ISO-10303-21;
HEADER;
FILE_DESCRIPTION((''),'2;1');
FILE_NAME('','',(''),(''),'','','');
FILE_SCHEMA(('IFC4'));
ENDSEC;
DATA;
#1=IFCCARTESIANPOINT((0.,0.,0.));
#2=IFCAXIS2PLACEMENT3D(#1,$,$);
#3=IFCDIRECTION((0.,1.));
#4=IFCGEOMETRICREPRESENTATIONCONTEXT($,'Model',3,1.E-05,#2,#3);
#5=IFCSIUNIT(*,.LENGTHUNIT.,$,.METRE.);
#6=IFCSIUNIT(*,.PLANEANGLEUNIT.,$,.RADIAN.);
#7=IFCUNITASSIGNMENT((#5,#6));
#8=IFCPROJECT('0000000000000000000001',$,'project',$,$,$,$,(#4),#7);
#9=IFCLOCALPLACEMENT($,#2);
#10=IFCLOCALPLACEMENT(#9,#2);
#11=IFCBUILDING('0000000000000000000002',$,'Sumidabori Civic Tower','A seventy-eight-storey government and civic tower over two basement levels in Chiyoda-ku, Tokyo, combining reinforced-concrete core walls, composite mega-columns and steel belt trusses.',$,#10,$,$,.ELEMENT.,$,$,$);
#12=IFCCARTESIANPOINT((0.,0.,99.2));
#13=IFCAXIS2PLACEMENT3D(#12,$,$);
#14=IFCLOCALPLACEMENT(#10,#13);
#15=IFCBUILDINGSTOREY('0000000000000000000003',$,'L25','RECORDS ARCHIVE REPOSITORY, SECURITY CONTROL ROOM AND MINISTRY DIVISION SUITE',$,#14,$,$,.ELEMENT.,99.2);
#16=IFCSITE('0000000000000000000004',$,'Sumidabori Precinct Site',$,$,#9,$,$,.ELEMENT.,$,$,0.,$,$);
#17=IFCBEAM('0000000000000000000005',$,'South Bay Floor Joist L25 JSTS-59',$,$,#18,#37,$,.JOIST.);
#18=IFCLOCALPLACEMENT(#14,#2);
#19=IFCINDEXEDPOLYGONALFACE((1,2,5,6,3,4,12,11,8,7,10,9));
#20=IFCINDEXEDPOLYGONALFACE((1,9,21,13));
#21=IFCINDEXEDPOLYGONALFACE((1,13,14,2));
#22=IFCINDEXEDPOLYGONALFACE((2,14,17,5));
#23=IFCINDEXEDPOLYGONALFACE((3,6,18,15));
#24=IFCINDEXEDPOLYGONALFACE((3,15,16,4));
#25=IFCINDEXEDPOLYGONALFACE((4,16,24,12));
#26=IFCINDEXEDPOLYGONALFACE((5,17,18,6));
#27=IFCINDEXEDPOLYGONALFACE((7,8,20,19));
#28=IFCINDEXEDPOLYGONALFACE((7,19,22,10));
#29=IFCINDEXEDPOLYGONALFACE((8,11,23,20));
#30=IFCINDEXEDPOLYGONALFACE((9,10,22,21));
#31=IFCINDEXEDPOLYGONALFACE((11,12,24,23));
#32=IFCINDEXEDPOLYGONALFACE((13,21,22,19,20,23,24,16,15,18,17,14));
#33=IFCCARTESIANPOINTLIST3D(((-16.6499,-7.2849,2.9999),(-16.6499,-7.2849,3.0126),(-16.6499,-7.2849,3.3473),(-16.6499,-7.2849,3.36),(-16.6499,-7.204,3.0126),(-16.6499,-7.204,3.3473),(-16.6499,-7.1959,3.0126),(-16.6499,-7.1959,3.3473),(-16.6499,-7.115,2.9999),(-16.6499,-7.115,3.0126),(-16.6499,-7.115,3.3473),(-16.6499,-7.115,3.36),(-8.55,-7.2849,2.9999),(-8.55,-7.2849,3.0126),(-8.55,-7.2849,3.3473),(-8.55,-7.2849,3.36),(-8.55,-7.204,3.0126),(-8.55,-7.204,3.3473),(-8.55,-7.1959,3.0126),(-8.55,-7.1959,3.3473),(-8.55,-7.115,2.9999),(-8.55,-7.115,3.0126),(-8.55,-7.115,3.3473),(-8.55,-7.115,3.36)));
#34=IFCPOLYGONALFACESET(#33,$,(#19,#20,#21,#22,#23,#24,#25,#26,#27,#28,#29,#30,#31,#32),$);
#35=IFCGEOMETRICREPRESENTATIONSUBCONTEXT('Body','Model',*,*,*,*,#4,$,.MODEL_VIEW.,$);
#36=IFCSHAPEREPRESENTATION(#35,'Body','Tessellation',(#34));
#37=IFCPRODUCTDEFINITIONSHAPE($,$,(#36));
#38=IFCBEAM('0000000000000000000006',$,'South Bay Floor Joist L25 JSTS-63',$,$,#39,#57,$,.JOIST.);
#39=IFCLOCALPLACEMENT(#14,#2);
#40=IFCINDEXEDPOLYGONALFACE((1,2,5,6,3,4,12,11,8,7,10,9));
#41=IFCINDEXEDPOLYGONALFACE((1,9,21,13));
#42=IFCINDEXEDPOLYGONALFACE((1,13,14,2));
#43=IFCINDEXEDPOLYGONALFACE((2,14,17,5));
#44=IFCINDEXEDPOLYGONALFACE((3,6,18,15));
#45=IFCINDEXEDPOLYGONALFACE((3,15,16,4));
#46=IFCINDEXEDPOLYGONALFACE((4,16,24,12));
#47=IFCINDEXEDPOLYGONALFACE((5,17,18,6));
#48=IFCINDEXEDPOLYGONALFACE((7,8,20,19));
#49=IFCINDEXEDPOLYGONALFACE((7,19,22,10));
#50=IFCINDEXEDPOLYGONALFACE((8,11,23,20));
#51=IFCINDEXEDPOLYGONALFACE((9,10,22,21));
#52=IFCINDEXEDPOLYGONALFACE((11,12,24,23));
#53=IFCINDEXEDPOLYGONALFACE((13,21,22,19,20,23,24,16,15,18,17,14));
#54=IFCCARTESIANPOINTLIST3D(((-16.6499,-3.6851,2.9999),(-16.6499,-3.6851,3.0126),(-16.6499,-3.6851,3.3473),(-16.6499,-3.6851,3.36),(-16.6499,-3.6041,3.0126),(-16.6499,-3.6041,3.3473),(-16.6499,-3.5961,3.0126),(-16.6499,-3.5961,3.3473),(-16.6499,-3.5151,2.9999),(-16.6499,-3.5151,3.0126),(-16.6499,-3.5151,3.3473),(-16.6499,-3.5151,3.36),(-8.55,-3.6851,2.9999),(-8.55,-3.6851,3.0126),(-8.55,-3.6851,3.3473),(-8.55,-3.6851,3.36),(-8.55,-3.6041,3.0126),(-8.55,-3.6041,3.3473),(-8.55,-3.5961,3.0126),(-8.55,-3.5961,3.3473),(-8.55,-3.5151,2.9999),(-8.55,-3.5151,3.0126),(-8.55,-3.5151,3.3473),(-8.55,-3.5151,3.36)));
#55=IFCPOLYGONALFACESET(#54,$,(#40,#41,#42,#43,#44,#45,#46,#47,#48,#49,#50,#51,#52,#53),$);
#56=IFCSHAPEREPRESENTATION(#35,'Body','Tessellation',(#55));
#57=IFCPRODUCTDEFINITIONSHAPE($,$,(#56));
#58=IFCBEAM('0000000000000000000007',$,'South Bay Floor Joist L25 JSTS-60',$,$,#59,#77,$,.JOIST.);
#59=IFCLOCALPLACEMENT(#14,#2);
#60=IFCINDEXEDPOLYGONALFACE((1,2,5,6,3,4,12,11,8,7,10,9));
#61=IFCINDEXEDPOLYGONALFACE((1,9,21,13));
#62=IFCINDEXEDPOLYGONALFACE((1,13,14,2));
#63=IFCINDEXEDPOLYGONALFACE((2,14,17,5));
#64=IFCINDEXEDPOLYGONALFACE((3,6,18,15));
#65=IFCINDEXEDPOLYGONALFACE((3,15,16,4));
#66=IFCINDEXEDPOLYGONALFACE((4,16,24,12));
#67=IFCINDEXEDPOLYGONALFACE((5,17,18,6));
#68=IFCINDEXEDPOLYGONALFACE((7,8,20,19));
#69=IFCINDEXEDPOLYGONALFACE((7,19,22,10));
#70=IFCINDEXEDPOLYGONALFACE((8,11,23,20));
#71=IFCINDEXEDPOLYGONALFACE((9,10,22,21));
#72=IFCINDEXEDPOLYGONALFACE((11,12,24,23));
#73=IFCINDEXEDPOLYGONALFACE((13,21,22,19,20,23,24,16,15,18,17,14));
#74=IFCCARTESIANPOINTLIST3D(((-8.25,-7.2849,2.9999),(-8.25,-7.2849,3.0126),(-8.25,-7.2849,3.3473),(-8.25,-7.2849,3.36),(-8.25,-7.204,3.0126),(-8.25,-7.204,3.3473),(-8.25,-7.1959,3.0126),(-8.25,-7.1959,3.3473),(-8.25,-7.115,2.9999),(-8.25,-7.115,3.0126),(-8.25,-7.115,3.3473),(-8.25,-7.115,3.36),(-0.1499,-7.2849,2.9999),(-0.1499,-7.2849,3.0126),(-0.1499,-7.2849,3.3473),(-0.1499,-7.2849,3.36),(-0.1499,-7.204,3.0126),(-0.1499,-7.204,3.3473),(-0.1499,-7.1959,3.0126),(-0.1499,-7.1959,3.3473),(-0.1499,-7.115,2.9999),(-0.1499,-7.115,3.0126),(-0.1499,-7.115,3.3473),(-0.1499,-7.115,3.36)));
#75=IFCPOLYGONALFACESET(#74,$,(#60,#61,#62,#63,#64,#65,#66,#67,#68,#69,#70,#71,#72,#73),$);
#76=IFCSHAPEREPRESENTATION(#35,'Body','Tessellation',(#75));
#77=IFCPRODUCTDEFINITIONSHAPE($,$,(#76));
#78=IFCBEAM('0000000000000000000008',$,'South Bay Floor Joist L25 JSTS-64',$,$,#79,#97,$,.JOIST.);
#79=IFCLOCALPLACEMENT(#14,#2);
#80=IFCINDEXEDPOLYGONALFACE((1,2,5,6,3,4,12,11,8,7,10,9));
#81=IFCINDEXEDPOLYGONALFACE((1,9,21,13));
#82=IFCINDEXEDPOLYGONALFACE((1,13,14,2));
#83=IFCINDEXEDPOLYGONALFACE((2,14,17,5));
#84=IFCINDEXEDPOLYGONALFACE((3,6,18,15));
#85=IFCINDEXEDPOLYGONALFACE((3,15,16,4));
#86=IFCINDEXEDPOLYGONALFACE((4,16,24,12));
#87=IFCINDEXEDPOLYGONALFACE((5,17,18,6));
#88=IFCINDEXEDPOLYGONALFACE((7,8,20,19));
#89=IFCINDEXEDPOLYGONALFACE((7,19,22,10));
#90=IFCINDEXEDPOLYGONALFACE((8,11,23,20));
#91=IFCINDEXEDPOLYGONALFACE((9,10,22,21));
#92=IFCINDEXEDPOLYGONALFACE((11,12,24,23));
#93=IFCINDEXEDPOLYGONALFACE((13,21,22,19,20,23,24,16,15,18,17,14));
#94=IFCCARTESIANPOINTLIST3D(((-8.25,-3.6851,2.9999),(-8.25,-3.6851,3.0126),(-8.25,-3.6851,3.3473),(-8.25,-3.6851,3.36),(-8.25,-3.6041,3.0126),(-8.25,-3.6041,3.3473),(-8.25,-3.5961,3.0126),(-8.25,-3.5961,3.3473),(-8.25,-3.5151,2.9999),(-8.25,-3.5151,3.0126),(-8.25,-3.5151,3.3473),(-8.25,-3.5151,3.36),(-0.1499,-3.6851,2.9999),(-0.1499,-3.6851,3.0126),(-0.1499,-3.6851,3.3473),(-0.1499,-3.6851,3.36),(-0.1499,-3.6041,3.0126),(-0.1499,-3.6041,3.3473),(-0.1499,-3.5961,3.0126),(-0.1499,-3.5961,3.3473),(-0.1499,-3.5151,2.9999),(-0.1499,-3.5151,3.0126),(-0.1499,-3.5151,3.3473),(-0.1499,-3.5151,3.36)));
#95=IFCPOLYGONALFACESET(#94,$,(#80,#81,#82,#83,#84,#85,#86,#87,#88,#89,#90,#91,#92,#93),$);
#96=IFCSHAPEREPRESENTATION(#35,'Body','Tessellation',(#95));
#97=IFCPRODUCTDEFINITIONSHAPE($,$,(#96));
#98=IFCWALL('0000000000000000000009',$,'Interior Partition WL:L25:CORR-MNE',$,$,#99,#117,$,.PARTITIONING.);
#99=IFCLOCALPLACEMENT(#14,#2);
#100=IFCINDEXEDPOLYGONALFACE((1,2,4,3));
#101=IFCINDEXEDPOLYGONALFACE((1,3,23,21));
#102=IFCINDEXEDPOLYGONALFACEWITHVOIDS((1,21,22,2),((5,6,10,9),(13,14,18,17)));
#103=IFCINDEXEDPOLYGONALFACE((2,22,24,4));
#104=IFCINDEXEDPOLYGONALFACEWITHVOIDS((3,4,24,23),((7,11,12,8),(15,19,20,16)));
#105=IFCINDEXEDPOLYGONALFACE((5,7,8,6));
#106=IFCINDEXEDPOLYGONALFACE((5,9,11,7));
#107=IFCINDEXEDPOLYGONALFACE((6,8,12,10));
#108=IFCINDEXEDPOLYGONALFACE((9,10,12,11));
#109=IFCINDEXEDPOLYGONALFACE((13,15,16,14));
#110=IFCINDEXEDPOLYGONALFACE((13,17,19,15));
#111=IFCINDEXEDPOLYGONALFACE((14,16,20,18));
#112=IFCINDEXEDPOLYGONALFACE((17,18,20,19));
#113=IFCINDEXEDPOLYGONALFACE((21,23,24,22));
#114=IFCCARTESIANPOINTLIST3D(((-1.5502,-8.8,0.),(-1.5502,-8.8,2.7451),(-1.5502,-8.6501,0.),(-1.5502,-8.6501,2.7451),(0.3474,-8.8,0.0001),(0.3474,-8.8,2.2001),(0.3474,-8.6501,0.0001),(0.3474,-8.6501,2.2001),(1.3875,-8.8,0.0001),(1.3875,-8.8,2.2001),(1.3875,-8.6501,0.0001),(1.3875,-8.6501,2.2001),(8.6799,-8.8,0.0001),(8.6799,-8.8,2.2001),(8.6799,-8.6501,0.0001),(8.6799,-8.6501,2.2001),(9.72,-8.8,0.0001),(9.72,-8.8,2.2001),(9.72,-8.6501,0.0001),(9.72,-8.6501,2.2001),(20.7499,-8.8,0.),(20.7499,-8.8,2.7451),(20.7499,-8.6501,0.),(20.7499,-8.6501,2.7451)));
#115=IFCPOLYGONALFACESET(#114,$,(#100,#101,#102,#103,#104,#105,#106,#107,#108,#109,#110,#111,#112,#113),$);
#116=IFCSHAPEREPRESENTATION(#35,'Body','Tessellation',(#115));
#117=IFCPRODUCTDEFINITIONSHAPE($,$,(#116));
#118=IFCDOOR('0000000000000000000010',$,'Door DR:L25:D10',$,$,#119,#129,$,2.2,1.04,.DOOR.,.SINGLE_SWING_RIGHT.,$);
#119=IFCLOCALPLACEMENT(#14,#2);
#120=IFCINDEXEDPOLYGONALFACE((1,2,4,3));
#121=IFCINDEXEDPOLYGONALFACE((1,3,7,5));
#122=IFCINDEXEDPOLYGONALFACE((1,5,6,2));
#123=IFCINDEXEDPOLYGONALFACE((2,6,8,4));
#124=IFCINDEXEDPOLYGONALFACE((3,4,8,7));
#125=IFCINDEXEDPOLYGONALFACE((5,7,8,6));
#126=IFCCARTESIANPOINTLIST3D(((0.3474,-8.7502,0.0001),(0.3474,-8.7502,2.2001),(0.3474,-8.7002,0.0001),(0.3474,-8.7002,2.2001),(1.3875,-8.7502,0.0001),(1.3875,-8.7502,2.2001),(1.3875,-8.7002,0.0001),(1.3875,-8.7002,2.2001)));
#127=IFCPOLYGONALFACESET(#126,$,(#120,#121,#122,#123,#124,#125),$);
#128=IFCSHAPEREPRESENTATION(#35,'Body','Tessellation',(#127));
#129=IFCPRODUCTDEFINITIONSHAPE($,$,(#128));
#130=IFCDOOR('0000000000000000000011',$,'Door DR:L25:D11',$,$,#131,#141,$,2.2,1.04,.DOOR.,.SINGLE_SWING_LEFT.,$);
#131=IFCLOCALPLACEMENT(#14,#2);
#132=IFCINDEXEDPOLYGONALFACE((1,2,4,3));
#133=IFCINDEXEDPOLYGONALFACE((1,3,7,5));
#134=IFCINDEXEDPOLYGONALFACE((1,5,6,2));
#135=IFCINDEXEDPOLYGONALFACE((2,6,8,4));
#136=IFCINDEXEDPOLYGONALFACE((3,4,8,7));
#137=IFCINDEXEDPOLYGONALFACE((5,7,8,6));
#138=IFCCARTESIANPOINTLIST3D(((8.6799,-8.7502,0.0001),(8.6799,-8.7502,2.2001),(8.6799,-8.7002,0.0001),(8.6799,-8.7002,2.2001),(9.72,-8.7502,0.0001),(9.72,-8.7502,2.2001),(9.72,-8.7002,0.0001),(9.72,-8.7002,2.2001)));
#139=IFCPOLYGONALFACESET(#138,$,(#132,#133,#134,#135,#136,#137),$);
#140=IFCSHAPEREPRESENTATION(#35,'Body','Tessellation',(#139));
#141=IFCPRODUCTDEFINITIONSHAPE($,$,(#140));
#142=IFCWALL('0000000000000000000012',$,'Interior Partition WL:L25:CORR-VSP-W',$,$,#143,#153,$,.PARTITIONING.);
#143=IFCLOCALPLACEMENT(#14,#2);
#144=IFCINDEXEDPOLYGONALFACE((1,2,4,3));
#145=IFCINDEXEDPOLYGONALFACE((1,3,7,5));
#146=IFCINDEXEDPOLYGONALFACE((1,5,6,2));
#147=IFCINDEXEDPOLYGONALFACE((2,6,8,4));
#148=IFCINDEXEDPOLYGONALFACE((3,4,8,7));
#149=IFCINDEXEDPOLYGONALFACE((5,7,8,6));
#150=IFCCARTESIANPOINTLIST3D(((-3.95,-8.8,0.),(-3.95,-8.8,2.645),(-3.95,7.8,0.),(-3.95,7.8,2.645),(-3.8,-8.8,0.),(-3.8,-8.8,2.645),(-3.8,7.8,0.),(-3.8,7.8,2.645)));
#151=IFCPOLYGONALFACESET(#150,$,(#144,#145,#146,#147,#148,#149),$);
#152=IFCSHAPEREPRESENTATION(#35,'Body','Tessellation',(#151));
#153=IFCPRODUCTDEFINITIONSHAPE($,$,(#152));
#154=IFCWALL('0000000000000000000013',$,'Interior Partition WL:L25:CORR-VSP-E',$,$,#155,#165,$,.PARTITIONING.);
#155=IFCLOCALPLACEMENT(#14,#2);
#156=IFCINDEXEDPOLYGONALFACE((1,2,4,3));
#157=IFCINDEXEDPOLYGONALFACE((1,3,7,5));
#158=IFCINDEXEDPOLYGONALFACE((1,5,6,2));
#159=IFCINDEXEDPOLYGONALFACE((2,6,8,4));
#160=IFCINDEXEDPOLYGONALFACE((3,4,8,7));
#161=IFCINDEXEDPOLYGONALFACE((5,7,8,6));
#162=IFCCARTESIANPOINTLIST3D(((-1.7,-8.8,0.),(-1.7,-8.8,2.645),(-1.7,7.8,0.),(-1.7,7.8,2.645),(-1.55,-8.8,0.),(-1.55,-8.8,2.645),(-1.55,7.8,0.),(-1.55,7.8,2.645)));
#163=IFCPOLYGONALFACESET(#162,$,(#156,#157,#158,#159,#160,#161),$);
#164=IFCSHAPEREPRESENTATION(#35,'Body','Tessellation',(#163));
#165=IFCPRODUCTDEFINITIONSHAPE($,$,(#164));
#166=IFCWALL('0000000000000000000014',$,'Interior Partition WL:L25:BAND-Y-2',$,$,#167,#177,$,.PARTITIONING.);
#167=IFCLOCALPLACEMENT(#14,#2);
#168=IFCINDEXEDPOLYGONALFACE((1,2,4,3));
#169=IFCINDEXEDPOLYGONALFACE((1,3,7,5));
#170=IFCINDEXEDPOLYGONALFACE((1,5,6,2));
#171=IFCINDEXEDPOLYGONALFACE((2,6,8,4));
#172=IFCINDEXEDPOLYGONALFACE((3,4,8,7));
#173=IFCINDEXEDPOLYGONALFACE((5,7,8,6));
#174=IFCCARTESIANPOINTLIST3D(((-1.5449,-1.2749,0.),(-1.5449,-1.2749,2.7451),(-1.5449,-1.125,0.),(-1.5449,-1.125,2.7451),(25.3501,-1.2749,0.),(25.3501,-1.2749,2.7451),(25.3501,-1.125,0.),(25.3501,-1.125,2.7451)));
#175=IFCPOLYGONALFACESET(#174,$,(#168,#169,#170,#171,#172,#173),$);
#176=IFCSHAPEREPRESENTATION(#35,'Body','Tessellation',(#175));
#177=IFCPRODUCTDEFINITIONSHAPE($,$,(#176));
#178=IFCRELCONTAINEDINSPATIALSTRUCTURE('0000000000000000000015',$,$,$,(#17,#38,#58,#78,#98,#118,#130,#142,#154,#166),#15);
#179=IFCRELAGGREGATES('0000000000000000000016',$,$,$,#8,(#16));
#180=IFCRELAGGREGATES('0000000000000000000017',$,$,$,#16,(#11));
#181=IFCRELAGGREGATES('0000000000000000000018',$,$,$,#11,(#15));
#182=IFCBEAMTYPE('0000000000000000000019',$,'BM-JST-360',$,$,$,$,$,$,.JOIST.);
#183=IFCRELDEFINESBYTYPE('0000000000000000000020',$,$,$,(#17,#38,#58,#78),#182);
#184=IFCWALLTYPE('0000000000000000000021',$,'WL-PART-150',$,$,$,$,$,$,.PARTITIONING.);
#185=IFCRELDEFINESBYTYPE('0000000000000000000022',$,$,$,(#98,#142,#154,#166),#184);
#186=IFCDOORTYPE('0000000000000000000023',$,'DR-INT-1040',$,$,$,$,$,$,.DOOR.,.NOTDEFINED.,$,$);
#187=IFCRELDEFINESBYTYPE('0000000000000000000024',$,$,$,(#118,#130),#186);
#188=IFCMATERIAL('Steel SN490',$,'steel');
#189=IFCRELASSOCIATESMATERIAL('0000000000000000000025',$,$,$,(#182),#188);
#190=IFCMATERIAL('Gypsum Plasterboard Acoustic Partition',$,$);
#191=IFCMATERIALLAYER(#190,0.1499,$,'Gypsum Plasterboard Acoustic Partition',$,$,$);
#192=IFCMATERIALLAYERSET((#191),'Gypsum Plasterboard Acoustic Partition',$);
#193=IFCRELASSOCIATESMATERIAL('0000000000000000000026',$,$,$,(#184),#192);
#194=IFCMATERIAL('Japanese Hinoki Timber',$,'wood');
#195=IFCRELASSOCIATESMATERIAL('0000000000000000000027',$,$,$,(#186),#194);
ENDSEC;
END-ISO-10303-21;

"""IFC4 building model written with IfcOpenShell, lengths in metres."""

from ifc_helpers import new_model, si_unit, direction, frame, frame_2d, origin, origin_2d, place, context, subcontext, project, spatial, rectangle, i_section, extrude, source, transform, mapped, material, layer, layer_set, material_profile, profile_set, type_object, element, fill, save


model = new_model("IFC4")

# Units and contexts
model_context = context("Model", 3, precision=1e-05, world=origin(), true_north=direction((0.0, 1.0)))
body_context = subcontext(model_context, "Body", "Model", "MODEL_VIEW")
ifc_project = project(units=[si_unit("LENGTHUNIT", "METRE"), si_unit("PLANEANGLEUNIT", "RADIAN")], contexts=[model_context])

# Site, building, storey
site_placement = place(None, origin())
site = spatial("IfcSite", under=ifc_project, at=site_placement, Name="Sumidabori Precinct Site", CompositionType="ELEMENT", RefElevation=0.0)
building_placement = place(site_placement, origin())
building = spatial("IfcBuilding", under=site, at=building_placement, Name="Sumidabori Civic Tower", Description="A seventy-eight-storey government and civic tower over two basement levels in Chiyoda-ku, Tokyo, combining reinforced-concrete core walls, composite mega-columns and steel belt trusses.", CompositionType="ELEMENT")
storey_placement = place(building_placement, frame((0.0, 0.0, 99.2)))
storey = spatial("IfcBuildingStorey", under=building, at=storey_placement, Name="L25", Description="RECORDS ARCHIVE REPOSITORY, SECURITY CONTROL ROOM AND MINISTRY DIVISION SUITE", CompositionType="ELEMENT", Elevation=99.2)

# Beams
ifc_material_1 = material(Name="Steel SN490", Category="steel")
ifc_material_profile_1 = material_profile(ifc_material_1, i_section(OverallWidth=0.1699, OverallDepth=0.3601, WebThickness=0.0081, FlangeThickness=0.0127, at=origin_2d()), Name="IPE 360")
ifc_profile_set_1 = profile_set([ifc_material_profile_1], Name="Steel SN490")
beam_type_1 = type_object("IfcBeamType", Name="BM-JST-360", PredefinedType="JOIST", material=ifc_profile_set_1)
shared_shape_1 = source(origin(), body_context, "Body", "SweptSolid", [
    extrude(i_section(OverallWidth=0.1699, OverallDepth=0.3601, WebThickness=0.0081, FlangeThickness=0.0127, at=origin_2d()), origin(), (0.0, 0.0, 1.0), 8.0999),
])
for number, where, z_axis, x_axis, name in (
    (1, (-16.6499, -7.2, 3.1799), (1.0, 0.0, 0.0), (0.0, 1.0, 0.0), "South Bay Floor Joist L25 JSTS-59"),
    (2, (-16.6499, -3.6001, 3.1799), (1.0, 0.0, 0.0), (0.0, 1.0, 0.0), "South Bay Floor Joist L25 JSTS-63"),
):
    element("IfcBeam", number, at=place(storey_placement, frame(where, z_axis=z_axis, x_axis=x_axis)), inside=storey, type_object=beam_type_1, Name=name, PredefinedType="JOIST", context=body_context, shape_type="MappedRepresentation", body=[
        mapped(shared_shape_1, transform((0.0, 0.0, 0.0), x_axis=(1.0, 0.0, 0.0), y_axis=(0.0, 1.0, 0.0), z_axis=(0.0, 0.0, 1.0), scale=1.0)),
    ])
shared_shape_2 = source(origin(), body_context, "Body", "SweptSolid", [
    extrude(i_section(OverallWidth=0.1699, OverallDepth=0.3601, WebThickness=0.0081, FlangeThickness=0.0127, at=origin_2d()), origin(), (0.0, 0.0, 1.0), 8.1001),
])
for number, where, z_axis, x_axis, name in (
    (3, (-8.25, -7.2, 3.1799), (1.0, 0.0, 0.0), (0.0, 1.0, 0.0), "South Bay Floor Joist L25 JSTS-60"),
    (4, (-8.25, -3.6001, 3.1799), (1.0, 0.0, 0.0), (0.0, 1.0, 0.0), "South Bay Floor Joist L25 JSTS-64"),
):
    element("IfcBeam", number, at=place(storey_placement, frame(where, z_axis=z_axis, x_axis=x_axis)), inside=storey, type_object=beam_type_1, Name=name, PredefinedType="JOIST", context=body_context, shape_type="MappedRepresentation", body=[
        mapped(shared_shape_2, transform((0.0, 0.0, 0.0), x_axis=(1.0, 0.0, 0.0), y_axis=(0.0, 1.0, 0.0), z_axis=(0.0, 0.0, 1.0), scale=1.0)),
    ])

# Wall, openings, doors
ifc_material_2 = material(Name="Gypsum Plasterboard Acoustic Partition")
ifc_layer = layer(ifc_material_2, 0.1499, Name="Gypsum Plasterboard Acoustic Partition")
ifc_layer_set = layer_set([ifc_layer], Name="Gypsum Plasterboard Acoustic Partition")
wall_type = type_object("IfcWallType", Name="WL-PART-150", PredefinedType="PARTITIONING", material=ifc_layer_set)
shared_shape_3 = source(origin(), body_context, "Body", "SweptSolid", [
    extrude(rectangle(XDim=22.3, YDim=0.1499, at=frame_2d((11.1499, 0.0))), origin(), (0.0, 0.0, 1.0), 2.7451),
])
wall_1_placement = place(storey_placement, frame((-1.55, -8.7251, 0.0), z_axis=(0.0, 0.0, 1.0), x_axis=(1.0, 0.0, 0.0)))
wall_1 = element("IfcWall", 5, at=wall_1_placement, inside=storey, type_object=wall_type, Name="Interior Partition WL:L25:CORR-MNE", PredefinedType="PARTITIONING", context=body_context, shape_type="MappedRepresentation", body=[
    mapped(shared_shape_3, transform((0.0, 0.0, 0.0), x_axis=(1.0, 0.0, 0.0), y_axis=(0.0, 1.0, 0.0), z_axis=(0.0, 0.0, 1.0), scale=1.0)),
])
opening_1_placement = place(wall_1_placement, frame((1.8975, 0.0, 0.0)))
opening_1 = element("IfcOpeningElement", 6, at=opening_1_placement, cuts=wall_1, PredefinedType="OPENING", context=body_context, shape_type="SweptSolid", body=[
    extrude(rectangle(XDim=1.04, YDim=2.2, at=frame_2d((0.52, 1.1001))), frame((0.0, 0.0869, 0.0), z_axis=(0.0, -1.0, 0.0), x_axis=(1.0, 0.0, 0.0)), (0.0, 0.0, 1.0), 0.1738),
])
opening_2_placement = place(wall_1_placement, frame((10.23, 0.0, 0.0)))
opening_2 = element("IfcOpeningElement", 7, at=opening_2_placement, cuts=wall_1, PredefinedType="OPENING", context=body_context, shape_type="SweptSolid", body=[
    extrude(rectangle(XDim=1.04, YDim=2.2, at=frame_2d((0.52, 1.1001))), frame((0.0, 0.0869, 0.0), z_axis=(0.0, -1.0, 0.0), x_axis=(1.0, 0.0, 0.0)), (0.0, 0.0, 1.0), 0.1738),
])
ifc_material_3 = material(Name="Japanese Hinoki Timber", Category="wood")
door_type = type_object("IfcDoorType", Name="DR-INT-1040", OperationType="NOTDEFINED", PredefinedType="DOOR", material=ifc_material_3)
shared_shape_4 = source(origin(), body_context, "Body", "SweptSolid", [
    extrude(rectangle(XDim=1.04, YDim=2.2, at=frame_2d((0.52, 1.1001))), frame((0.0, 0.0249, 0.0), z_axis=(0.0, -1.0, 0.0), x_axis=(1.0, 0.0, 0.0)), (0.0, 0.0, 1.0), 0.05),
])
door_1_placement = place(opening_1_placement, origin())
door_1 = element("IfcDoor", 8, at=door_1_placement, inside=storey, type_object=door_type, Name="Door DR:L25:D10", OperationType="SINGLE_SWING_RIGHT", OverallHeight=2.2, OverallWidth=1.04, PredefinedType="DOOR", context=body_context, shape_type="MappedRepresentation", body=[
    mapped(shared_shape_4, transform((0.0, 0.0, 0.0), x_axis=(1.0, 0.0, 0.0), y_axis=(0.0, 1.0, 0.0), z_axis=(0.0, 0.0, 1.0), scale=1.0)),
])
fill(opening_1, door_1)
door_2_placement = place(opening_2_placement, origin())
door_2 = element("IfcDoor", 9, at=door_2_placement, inside=storey, type_object=door_type, Name="Door DR:L25:D11", OperationType="SINGLE_SWING_LEFT", OverallHeight=2.2, OverallWidth=1.04, PredefinedType="DOOR", context=body_context, shape_type="MappedRepresentation", body=[
    mapped(shared_shape_4, transform((0.0, 0.0, 0.0), x_axis=(1.0, 0.0, 0.0), y_axis=(0.0, 1.0, 0.0), z_axis=(0.0, 0.0, 1.0), scale=1.0)),
])
fill(opening_2, door_2)

# Walls
shared_shape_5 = source(origin(), body_context, "Body", "SweptSolid", [
    extrude(rectangle(XDim=16.6001, YDim=0.1499, at=frame_2d((8.3, 0.0))), origin(), (0.0, 0.0, 1.0), 2.645),
])
for number, where, z_axis, x_axis, name in (
    (10, (-3.875, -8.8, 0.0), (0.0, 0.0, 1.0), (0.0, 1.0, 0.0), "Interior Partition WL:L25:CORR-VSP-W"),
    (11, (-1.625, -8.8, 0.0), (0.0, 0.0, 1.0), (0.0, 1.0, 0.0), "Interior Partition WL:L25:CORR-VSP-E"),
):
    element("IfcWall", number, at=place(storey_placement, frame(where, z_axis=z_axis, x_axis=x_axis)), inside=storey, type_object=wall_type, Name=name, PredefinedType="PARTITIONING", context=body_context, shape_type="MappedRepresentation", body=[
        mapped(shared_shape_5, transform((0.0, 0.0, 0.0), x_axis=(1.0, 0.0, 0.0), y_axis=(0.0, 1.0, 0.0), z_axis=(0.0, 0.0, 1.0), scale=1.0)),
    ])
shared_shape_6 = source(origin(), body_context, "Body", "SweptSolid", [
    extrude(rectangle(XDim=26.895, YDim=0.1499, at=frame_2d((13.4475, 0.0))), origin(), (0.0, 0.0, 1.0), 2.7451),
])
wall_2_placement = place(storey_placement, frame((-1.5449, -1.2, 0.0), z_axis=(0.0, 0.0, 1.0), x_axis=(1.0, 0.0, 0.0)))
element("IfcWall", 12, at=wall_2_placement, inside=storey, type_object=wall_type, Name="Interior Partition WL:L25:BAND-Y-2", PredefinedType="PARTITIONING", context=body_context, shape_type="MappedRepresentation", body=[
    mapped(shared_shape_6, transform((0.0, 0.0, 0.0), x_axis=(1.0, 0.0, 0.0), y_axis=(0.0, 1.0, 0.0), z_axis=(0.0, 0.0, 1.0), scale=1.0)),
])

save(model, "model.ifc")
